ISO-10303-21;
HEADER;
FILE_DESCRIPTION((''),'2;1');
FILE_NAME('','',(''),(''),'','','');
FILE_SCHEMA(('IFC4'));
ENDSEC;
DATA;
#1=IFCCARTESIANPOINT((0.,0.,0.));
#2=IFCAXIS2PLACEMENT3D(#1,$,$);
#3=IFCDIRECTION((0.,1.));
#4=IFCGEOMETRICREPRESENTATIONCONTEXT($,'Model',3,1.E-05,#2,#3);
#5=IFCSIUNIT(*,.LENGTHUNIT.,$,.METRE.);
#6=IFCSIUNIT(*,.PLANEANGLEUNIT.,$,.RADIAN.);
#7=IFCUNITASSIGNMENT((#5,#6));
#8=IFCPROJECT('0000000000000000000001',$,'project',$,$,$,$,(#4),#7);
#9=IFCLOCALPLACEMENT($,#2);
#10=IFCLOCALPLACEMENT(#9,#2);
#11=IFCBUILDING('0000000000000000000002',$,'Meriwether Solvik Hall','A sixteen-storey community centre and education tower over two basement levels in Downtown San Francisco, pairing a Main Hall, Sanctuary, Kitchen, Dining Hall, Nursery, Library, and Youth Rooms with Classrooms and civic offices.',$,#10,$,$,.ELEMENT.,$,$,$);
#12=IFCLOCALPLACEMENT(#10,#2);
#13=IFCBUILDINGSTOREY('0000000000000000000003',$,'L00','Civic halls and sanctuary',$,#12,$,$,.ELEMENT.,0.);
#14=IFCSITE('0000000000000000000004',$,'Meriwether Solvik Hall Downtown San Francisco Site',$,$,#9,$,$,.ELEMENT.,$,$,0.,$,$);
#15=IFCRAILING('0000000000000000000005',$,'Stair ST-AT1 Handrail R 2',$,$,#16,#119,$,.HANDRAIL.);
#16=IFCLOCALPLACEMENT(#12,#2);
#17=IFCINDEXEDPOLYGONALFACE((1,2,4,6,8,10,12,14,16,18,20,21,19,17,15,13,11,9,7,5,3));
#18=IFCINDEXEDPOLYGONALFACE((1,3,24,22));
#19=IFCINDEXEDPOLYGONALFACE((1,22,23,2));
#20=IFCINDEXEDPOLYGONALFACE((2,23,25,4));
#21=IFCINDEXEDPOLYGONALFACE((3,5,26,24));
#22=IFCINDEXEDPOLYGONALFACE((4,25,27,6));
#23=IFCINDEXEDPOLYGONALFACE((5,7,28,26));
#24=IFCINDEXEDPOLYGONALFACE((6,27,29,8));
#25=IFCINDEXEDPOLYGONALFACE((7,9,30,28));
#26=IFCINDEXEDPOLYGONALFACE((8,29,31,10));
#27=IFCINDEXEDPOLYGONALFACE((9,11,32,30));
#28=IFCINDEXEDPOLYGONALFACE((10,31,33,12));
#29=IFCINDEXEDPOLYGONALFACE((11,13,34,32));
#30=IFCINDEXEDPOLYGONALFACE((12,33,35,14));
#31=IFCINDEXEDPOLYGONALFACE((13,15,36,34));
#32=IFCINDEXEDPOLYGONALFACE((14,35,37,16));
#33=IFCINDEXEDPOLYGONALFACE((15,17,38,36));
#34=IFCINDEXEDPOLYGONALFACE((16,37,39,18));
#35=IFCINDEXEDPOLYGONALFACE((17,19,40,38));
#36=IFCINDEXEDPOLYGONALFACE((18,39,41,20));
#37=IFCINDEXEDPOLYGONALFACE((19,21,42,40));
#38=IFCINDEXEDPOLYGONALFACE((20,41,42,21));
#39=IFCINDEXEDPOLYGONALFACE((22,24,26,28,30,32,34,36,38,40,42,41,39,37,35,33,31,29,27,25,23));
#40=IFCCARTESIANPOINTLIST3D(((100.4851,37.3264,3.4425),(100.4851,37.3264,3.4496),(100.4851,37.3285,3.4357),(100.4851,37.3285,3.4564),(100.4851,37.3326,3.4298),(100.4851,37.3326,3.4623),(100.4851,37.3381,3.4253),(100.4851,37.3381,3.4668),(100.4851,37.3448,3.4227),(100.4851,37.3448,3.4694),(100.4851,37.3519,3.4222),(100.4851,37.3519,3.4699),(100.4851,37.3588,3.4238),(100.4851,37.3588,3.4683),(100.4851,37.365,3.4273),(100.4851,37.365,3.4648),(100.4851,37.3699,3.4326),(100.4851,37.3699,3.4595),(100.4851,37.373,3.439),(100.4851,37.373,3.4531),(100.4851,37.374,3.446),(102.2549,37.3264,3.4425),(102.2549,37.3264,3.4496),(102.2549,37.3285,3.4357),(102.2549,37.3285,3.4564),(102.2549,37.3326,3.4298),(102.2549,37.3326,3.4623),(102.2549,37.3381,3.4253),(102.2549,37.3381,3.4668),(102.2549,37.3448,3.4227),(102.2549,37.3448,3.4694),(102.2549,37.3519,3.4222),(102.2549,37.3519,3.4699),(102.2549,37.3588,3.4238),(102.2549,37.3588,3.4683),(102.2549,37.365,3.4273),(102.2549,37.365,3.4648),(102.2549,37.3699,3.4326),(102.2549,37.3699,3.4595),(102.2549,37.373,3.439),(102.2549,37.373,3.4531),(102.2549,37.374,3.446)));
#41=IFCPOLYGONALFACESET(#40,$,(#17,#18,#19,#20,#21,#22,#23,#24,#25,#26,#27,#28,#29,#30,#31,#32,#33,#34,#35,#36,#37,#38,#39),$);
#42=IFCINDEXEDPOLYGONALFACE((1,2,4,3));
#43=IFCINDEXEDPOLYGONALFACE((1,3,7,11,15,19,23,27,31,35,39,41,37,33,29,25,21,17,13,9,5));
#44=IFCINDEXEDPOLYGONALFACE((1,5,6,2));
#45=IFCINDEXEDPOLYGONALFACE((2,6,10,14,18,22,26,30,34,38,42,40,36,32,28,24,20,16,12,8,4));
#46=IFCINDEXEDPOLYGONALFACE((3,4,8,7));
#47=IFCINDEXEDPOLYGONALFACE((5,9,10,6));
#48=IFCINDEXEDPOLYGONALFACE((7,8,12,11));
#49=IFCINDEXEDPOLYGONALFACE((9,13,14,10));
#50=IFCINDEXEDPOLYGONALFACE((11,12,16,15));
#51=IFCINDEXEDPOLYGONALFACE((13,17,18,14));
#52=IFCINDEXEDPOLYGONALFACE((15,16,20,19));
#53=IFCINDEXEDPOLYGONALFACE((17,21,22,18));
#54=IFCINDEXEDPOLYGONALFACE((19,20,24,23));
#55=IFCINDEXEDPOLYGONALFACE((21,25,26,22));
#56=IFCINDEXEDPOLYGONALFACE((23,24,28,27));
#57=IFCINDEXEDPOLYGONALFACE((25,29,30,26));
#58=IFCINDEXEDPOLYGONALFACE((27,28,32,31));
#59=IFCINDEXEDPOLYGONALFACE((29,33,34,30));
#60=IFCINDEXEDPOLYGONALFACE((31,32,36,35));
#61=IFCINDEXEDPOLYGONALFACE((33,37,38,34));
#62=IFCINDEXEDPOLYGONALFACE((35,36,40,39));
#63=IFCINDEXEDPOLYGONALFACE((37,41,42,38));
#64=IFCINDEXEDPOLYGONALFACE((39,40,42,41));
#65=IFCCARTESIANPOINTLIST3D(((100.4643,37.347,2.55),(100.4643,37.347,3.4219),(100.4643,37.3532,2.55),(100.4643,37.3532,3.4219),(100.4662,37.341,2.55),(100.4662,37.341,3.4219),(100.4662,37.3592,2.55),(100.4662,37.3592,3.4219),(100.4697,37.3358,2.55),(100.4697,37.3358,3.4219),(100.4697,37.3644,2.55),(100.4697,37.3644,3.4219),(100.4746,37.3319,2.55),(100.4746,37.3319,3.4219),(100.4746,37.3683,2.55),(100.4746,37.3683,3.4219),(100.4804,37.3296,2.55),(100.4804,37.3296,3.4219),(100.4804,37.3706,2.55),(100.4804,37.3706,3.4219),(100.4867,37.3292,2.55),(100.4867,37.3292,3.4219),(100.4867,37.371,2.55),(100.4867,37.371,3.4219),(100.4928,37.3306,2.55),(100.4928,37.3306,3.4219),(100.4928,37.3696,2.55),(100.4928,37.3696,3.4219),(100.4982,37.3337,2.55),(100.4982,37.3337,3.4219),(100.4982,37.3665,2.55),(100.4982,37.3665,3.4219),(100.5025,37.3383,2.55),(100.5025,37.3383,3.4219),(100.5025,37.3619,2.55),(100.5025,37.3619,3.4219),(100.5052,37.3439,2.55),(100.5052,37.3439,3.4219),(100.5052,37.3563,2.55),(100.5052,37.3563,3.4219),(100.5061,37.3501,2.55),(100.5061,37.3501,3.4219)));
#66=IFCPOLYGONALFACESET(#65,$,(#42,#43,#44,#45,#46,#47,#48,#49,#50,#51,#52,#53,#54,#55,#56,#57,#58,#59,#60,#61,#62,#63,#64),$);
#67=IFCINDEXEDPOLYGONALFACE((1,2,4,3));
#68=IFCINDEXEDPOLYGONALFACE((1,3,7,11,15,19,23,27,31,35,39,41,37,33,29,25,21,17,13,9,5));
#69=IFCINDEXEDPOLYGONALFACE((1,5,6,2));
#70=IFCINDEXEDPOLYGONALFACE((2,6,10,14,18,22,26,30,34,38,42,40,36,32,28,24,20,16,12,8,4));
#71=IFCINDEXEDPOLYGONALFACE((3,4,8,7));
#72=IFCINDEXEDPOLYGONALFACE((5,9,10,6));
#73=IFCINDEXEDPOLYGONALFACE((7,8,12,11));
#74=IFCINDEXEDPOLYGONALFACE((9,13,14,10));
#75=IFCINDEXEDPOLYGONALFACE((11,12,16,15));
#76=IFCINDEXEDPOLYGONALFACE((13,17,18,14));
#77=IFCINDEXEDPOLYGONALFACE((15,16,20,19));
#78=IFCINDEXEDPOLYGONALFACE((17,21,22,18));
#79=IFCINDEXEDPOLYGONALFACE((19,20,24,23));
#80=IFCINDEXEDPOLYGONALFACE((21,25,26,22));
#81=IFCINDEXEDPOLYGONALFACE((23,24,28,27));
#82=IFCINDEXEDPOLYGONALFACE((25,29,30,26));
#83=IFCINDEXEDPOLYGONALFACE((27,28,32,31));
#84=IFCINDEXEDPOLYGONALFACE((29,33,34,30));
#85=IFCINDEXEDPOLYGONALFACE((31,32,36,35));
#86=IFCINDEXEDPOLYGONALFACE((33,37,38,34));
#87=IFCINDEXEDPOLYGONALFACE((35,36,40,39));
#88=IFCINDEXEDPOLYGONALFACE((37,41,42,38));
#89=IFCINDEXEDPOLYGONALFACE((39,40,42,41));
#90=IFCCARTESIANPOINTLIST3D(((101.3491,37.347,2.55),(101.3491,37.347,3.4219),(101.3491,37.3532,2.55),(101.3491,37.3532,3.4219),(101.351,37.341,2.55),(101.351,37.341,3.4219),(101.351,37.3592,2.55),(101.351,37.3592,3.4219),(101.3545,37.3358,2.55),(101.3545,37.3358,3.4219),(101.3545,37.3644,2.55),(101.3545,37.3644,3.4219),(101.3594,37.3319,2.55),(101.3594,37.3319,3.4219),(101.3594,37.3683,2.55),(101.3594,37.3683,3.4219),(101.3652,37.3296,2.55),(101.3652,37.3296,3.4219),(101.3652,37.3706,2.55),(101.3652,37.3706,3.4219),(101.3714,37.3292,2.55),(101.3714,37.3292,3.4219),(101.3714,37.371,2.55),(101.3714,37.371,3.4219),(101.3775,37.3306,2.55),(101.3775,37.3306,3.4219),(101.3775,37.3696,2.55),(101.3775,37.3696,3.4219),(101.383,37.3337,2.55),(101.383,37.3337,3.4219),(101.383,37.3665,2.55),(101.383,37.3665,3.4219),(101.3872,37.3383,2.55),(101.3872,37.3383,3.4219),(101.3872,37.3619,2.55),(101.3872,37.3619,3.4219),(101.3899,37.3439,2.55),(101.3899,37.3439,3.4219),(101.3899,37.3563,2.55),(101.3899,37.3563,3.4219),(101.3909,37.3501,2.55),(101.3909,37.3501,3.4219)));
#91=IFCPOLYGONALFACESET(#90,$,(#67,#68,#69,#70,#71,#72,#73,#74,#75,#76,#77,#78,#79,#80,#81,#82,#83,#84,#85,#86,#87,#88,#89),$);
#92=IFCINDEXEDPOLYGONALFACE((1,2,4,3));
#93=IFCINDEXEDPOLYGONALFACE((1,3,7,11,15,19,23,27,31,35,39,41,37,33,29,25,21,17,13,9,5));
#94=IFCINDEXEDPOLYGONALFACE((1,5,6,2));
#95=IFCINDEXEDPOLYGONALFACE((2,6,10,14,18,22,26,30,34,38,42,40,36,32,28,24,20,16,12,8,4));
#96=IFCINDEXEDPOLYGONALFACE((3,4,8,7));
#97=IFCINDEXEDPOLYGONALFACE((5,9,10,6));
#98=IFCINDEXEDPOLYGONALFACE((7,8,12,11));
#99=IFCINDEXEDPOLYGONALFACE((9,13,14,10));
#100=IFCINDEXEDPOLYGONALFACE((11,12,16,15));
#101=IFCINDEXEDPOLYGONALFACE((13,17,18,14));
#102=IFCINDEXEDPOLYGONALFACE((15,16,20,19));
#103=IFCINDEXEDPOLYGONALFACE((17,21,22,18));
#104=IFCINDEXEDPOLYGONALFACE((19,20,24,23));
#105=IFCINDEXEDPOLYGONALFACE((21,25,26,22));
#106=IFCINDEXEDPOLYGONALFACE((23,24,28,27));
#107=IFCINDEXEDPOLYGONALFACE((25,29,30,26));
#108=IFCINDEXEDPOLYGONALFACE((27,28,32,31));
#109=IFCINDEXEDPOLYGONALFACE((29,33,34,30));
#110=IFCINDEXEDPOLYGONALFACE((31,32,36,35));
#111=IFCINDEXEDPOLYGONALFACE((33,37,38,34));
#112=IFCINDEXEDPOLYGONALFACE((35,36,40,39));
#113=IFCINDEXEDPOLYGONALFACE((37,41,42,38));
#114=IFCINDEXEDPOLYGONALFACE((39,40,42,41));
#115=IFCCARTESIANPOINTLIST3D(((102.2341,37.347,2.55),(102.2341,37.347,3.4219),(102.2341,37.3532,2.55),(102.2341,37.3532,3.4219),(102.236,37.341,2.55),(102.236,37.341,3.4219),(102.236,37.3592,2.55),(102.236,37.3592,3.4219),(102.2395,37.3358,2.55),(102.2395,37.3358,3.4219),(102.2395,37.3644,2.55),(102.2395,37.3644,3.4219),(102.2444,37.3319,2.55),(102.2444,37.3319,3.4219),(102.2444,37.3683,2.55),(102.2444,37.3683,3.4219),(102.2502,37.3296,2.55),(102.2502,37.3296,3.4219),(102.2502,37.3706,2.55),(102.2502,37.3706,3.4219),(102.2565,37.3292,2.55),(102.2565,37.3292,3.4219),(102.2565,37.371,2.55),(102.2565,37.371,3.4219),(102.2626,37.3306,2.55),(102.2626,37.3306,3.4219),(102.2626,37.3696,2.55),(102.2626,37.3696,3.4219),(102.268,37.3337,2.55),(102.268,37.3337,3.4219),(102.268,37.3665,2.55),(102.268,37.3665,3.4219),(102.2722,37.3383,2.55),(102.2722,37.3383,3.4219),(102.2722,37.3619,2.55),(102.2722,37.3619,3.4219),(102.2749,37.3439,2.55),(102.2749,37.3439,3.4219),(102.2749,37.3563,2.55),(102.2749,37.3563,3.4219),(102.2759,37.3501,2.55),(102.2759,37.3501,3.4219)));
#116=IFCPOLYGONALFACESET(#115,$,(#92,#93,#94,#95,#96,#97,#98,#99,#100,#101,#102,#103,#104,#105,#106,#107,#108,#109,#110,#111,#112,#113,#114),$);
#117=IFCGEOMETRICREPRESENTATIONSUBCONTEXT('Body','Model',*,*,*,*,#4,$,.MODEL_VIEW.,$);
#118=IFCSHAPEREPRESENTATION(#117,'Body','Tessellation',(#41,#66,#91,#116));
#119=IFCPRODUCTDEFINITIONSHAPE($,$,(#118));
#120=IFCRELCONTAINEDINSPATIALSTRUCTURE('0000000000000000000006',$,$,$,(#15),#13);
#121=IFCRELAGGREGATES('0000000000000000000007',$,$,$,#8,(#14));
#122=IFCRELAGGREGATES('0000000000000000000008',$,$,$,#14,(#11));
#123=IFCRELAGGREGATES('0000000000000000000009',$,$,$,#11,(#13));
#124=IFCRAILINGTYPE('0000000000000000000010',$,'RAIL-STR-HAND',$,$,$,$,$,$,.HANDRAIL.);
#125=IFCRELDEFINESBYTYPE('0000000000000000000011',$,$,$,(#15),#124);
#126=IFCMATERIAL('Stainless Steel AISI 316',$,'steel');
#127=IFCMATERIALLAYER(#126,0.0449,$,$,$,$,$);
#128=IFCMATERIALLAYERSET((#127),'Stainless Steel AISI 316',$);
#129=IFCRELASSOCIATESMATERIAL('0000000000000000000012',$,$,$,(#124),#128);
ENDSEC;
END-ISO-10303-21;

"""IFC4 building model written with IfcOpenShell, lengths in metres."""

from ifc_helpers import new_model, si_unit, direction, frame, origin, origin_2d, place, context, subcontext, project, spatial, circle, extrude, material, layer, layer_set, type_object, element, save


model = new_model("IFC4")

# Units and contexts
model_context = context("Model", 3, precision=1e-05, world=origin(), true_north=direction((0.0, 1.0)))
body_context = subcontext(model_context, "Body", "Model", "MODEL_VIEW")
ifc_project = project(units=[si_unit("LENGTHUNIT", "METRE"), si_unit("PLANEANGLEUNIT", "RADIAN")], contexts=[model_context])

# Site, building, storey
site_placement = place(None, origin())
site = spatial("IfcSite", under=ifc_project, at=site_placement, Name="Meriwether Solvik Hall Downtown San Francisco Site", CompositionType="ELEMENT", RefElevation=0.0)
building_placement = place(site_placement, origin())
building = spatial("IfcBuilding", under=site, at=building_placement, Name="Meriwether Solvik Hall", Description="A sixteen-storey community centre and education tower over two basement levels in Downtown San Francisco, pairing a Main Hall, Sanctuary, Kitchen, Dining Hall, Nursery, Library, and Youth Rooms with Classrooms and civic offices.", CompositionType="ELEMENT")
storey_placement = place(building_placement, origin())
storey = spatial("IfcBuildingStorey", under=building, at=storey_placement, Name="L00", Description="Civic halls and sanctuary", CompositionType="ELEMENT", Elevation=0.0)

# Railing
ifc_material_1 = material(Name="Stainless Steel AISI 316", Category="steel")
ifc_layer_1 = layer(ifc_material_1, 0.0449)
ifc_layer_set_1 = layer_set([ifc_layer_1], Name="Stainless Steel AISI 316")
railing_type_1 = type_object("IfcRailingType", Name="RAIL-STR-HAND", PredefinedType="HANDRAIL", material=ifc_layer_set_1)
railing_1_placement = place(storey_placement, frame((100.4851, 37.3501, 2.55)))
element("IfcRailing", 1, at=railing_1_placement, inside=storey, type_object=railing_type_1, Name="Stair ST-AT1 Handrail R 2", PredefinedType="HANDRAIL", context=body_context, shape_type="SweptSolid", body=[
    extrude(circle(Radius=0.0239, at=origin_2d()), frame((0.0, 0.0, 0.896), z_axis=(1.0, 0.0, 0.0), x_axis=(0.0, 1.0, 0.0)), (0.0, 0.0, 1.0), 1.7698),
    extrude(circle(Radius=0.021, at=origin_2d()), origin(), (0.0, 0.0, 1.0), 0.8718),
    extrude(circle(Radius=0.021, at=origin_2d()), frame((0.8848, 0.0, 0.0)), (0.0, 0.0, 1.0), 0.8718),
    extrude(circle(Radius=0.021, at=origin_2d()), frame((1.7698, 0.0, 0.0)), (0.0, 0.0, 1.0), 0.8718),
])

save(model, "model.ifc")
